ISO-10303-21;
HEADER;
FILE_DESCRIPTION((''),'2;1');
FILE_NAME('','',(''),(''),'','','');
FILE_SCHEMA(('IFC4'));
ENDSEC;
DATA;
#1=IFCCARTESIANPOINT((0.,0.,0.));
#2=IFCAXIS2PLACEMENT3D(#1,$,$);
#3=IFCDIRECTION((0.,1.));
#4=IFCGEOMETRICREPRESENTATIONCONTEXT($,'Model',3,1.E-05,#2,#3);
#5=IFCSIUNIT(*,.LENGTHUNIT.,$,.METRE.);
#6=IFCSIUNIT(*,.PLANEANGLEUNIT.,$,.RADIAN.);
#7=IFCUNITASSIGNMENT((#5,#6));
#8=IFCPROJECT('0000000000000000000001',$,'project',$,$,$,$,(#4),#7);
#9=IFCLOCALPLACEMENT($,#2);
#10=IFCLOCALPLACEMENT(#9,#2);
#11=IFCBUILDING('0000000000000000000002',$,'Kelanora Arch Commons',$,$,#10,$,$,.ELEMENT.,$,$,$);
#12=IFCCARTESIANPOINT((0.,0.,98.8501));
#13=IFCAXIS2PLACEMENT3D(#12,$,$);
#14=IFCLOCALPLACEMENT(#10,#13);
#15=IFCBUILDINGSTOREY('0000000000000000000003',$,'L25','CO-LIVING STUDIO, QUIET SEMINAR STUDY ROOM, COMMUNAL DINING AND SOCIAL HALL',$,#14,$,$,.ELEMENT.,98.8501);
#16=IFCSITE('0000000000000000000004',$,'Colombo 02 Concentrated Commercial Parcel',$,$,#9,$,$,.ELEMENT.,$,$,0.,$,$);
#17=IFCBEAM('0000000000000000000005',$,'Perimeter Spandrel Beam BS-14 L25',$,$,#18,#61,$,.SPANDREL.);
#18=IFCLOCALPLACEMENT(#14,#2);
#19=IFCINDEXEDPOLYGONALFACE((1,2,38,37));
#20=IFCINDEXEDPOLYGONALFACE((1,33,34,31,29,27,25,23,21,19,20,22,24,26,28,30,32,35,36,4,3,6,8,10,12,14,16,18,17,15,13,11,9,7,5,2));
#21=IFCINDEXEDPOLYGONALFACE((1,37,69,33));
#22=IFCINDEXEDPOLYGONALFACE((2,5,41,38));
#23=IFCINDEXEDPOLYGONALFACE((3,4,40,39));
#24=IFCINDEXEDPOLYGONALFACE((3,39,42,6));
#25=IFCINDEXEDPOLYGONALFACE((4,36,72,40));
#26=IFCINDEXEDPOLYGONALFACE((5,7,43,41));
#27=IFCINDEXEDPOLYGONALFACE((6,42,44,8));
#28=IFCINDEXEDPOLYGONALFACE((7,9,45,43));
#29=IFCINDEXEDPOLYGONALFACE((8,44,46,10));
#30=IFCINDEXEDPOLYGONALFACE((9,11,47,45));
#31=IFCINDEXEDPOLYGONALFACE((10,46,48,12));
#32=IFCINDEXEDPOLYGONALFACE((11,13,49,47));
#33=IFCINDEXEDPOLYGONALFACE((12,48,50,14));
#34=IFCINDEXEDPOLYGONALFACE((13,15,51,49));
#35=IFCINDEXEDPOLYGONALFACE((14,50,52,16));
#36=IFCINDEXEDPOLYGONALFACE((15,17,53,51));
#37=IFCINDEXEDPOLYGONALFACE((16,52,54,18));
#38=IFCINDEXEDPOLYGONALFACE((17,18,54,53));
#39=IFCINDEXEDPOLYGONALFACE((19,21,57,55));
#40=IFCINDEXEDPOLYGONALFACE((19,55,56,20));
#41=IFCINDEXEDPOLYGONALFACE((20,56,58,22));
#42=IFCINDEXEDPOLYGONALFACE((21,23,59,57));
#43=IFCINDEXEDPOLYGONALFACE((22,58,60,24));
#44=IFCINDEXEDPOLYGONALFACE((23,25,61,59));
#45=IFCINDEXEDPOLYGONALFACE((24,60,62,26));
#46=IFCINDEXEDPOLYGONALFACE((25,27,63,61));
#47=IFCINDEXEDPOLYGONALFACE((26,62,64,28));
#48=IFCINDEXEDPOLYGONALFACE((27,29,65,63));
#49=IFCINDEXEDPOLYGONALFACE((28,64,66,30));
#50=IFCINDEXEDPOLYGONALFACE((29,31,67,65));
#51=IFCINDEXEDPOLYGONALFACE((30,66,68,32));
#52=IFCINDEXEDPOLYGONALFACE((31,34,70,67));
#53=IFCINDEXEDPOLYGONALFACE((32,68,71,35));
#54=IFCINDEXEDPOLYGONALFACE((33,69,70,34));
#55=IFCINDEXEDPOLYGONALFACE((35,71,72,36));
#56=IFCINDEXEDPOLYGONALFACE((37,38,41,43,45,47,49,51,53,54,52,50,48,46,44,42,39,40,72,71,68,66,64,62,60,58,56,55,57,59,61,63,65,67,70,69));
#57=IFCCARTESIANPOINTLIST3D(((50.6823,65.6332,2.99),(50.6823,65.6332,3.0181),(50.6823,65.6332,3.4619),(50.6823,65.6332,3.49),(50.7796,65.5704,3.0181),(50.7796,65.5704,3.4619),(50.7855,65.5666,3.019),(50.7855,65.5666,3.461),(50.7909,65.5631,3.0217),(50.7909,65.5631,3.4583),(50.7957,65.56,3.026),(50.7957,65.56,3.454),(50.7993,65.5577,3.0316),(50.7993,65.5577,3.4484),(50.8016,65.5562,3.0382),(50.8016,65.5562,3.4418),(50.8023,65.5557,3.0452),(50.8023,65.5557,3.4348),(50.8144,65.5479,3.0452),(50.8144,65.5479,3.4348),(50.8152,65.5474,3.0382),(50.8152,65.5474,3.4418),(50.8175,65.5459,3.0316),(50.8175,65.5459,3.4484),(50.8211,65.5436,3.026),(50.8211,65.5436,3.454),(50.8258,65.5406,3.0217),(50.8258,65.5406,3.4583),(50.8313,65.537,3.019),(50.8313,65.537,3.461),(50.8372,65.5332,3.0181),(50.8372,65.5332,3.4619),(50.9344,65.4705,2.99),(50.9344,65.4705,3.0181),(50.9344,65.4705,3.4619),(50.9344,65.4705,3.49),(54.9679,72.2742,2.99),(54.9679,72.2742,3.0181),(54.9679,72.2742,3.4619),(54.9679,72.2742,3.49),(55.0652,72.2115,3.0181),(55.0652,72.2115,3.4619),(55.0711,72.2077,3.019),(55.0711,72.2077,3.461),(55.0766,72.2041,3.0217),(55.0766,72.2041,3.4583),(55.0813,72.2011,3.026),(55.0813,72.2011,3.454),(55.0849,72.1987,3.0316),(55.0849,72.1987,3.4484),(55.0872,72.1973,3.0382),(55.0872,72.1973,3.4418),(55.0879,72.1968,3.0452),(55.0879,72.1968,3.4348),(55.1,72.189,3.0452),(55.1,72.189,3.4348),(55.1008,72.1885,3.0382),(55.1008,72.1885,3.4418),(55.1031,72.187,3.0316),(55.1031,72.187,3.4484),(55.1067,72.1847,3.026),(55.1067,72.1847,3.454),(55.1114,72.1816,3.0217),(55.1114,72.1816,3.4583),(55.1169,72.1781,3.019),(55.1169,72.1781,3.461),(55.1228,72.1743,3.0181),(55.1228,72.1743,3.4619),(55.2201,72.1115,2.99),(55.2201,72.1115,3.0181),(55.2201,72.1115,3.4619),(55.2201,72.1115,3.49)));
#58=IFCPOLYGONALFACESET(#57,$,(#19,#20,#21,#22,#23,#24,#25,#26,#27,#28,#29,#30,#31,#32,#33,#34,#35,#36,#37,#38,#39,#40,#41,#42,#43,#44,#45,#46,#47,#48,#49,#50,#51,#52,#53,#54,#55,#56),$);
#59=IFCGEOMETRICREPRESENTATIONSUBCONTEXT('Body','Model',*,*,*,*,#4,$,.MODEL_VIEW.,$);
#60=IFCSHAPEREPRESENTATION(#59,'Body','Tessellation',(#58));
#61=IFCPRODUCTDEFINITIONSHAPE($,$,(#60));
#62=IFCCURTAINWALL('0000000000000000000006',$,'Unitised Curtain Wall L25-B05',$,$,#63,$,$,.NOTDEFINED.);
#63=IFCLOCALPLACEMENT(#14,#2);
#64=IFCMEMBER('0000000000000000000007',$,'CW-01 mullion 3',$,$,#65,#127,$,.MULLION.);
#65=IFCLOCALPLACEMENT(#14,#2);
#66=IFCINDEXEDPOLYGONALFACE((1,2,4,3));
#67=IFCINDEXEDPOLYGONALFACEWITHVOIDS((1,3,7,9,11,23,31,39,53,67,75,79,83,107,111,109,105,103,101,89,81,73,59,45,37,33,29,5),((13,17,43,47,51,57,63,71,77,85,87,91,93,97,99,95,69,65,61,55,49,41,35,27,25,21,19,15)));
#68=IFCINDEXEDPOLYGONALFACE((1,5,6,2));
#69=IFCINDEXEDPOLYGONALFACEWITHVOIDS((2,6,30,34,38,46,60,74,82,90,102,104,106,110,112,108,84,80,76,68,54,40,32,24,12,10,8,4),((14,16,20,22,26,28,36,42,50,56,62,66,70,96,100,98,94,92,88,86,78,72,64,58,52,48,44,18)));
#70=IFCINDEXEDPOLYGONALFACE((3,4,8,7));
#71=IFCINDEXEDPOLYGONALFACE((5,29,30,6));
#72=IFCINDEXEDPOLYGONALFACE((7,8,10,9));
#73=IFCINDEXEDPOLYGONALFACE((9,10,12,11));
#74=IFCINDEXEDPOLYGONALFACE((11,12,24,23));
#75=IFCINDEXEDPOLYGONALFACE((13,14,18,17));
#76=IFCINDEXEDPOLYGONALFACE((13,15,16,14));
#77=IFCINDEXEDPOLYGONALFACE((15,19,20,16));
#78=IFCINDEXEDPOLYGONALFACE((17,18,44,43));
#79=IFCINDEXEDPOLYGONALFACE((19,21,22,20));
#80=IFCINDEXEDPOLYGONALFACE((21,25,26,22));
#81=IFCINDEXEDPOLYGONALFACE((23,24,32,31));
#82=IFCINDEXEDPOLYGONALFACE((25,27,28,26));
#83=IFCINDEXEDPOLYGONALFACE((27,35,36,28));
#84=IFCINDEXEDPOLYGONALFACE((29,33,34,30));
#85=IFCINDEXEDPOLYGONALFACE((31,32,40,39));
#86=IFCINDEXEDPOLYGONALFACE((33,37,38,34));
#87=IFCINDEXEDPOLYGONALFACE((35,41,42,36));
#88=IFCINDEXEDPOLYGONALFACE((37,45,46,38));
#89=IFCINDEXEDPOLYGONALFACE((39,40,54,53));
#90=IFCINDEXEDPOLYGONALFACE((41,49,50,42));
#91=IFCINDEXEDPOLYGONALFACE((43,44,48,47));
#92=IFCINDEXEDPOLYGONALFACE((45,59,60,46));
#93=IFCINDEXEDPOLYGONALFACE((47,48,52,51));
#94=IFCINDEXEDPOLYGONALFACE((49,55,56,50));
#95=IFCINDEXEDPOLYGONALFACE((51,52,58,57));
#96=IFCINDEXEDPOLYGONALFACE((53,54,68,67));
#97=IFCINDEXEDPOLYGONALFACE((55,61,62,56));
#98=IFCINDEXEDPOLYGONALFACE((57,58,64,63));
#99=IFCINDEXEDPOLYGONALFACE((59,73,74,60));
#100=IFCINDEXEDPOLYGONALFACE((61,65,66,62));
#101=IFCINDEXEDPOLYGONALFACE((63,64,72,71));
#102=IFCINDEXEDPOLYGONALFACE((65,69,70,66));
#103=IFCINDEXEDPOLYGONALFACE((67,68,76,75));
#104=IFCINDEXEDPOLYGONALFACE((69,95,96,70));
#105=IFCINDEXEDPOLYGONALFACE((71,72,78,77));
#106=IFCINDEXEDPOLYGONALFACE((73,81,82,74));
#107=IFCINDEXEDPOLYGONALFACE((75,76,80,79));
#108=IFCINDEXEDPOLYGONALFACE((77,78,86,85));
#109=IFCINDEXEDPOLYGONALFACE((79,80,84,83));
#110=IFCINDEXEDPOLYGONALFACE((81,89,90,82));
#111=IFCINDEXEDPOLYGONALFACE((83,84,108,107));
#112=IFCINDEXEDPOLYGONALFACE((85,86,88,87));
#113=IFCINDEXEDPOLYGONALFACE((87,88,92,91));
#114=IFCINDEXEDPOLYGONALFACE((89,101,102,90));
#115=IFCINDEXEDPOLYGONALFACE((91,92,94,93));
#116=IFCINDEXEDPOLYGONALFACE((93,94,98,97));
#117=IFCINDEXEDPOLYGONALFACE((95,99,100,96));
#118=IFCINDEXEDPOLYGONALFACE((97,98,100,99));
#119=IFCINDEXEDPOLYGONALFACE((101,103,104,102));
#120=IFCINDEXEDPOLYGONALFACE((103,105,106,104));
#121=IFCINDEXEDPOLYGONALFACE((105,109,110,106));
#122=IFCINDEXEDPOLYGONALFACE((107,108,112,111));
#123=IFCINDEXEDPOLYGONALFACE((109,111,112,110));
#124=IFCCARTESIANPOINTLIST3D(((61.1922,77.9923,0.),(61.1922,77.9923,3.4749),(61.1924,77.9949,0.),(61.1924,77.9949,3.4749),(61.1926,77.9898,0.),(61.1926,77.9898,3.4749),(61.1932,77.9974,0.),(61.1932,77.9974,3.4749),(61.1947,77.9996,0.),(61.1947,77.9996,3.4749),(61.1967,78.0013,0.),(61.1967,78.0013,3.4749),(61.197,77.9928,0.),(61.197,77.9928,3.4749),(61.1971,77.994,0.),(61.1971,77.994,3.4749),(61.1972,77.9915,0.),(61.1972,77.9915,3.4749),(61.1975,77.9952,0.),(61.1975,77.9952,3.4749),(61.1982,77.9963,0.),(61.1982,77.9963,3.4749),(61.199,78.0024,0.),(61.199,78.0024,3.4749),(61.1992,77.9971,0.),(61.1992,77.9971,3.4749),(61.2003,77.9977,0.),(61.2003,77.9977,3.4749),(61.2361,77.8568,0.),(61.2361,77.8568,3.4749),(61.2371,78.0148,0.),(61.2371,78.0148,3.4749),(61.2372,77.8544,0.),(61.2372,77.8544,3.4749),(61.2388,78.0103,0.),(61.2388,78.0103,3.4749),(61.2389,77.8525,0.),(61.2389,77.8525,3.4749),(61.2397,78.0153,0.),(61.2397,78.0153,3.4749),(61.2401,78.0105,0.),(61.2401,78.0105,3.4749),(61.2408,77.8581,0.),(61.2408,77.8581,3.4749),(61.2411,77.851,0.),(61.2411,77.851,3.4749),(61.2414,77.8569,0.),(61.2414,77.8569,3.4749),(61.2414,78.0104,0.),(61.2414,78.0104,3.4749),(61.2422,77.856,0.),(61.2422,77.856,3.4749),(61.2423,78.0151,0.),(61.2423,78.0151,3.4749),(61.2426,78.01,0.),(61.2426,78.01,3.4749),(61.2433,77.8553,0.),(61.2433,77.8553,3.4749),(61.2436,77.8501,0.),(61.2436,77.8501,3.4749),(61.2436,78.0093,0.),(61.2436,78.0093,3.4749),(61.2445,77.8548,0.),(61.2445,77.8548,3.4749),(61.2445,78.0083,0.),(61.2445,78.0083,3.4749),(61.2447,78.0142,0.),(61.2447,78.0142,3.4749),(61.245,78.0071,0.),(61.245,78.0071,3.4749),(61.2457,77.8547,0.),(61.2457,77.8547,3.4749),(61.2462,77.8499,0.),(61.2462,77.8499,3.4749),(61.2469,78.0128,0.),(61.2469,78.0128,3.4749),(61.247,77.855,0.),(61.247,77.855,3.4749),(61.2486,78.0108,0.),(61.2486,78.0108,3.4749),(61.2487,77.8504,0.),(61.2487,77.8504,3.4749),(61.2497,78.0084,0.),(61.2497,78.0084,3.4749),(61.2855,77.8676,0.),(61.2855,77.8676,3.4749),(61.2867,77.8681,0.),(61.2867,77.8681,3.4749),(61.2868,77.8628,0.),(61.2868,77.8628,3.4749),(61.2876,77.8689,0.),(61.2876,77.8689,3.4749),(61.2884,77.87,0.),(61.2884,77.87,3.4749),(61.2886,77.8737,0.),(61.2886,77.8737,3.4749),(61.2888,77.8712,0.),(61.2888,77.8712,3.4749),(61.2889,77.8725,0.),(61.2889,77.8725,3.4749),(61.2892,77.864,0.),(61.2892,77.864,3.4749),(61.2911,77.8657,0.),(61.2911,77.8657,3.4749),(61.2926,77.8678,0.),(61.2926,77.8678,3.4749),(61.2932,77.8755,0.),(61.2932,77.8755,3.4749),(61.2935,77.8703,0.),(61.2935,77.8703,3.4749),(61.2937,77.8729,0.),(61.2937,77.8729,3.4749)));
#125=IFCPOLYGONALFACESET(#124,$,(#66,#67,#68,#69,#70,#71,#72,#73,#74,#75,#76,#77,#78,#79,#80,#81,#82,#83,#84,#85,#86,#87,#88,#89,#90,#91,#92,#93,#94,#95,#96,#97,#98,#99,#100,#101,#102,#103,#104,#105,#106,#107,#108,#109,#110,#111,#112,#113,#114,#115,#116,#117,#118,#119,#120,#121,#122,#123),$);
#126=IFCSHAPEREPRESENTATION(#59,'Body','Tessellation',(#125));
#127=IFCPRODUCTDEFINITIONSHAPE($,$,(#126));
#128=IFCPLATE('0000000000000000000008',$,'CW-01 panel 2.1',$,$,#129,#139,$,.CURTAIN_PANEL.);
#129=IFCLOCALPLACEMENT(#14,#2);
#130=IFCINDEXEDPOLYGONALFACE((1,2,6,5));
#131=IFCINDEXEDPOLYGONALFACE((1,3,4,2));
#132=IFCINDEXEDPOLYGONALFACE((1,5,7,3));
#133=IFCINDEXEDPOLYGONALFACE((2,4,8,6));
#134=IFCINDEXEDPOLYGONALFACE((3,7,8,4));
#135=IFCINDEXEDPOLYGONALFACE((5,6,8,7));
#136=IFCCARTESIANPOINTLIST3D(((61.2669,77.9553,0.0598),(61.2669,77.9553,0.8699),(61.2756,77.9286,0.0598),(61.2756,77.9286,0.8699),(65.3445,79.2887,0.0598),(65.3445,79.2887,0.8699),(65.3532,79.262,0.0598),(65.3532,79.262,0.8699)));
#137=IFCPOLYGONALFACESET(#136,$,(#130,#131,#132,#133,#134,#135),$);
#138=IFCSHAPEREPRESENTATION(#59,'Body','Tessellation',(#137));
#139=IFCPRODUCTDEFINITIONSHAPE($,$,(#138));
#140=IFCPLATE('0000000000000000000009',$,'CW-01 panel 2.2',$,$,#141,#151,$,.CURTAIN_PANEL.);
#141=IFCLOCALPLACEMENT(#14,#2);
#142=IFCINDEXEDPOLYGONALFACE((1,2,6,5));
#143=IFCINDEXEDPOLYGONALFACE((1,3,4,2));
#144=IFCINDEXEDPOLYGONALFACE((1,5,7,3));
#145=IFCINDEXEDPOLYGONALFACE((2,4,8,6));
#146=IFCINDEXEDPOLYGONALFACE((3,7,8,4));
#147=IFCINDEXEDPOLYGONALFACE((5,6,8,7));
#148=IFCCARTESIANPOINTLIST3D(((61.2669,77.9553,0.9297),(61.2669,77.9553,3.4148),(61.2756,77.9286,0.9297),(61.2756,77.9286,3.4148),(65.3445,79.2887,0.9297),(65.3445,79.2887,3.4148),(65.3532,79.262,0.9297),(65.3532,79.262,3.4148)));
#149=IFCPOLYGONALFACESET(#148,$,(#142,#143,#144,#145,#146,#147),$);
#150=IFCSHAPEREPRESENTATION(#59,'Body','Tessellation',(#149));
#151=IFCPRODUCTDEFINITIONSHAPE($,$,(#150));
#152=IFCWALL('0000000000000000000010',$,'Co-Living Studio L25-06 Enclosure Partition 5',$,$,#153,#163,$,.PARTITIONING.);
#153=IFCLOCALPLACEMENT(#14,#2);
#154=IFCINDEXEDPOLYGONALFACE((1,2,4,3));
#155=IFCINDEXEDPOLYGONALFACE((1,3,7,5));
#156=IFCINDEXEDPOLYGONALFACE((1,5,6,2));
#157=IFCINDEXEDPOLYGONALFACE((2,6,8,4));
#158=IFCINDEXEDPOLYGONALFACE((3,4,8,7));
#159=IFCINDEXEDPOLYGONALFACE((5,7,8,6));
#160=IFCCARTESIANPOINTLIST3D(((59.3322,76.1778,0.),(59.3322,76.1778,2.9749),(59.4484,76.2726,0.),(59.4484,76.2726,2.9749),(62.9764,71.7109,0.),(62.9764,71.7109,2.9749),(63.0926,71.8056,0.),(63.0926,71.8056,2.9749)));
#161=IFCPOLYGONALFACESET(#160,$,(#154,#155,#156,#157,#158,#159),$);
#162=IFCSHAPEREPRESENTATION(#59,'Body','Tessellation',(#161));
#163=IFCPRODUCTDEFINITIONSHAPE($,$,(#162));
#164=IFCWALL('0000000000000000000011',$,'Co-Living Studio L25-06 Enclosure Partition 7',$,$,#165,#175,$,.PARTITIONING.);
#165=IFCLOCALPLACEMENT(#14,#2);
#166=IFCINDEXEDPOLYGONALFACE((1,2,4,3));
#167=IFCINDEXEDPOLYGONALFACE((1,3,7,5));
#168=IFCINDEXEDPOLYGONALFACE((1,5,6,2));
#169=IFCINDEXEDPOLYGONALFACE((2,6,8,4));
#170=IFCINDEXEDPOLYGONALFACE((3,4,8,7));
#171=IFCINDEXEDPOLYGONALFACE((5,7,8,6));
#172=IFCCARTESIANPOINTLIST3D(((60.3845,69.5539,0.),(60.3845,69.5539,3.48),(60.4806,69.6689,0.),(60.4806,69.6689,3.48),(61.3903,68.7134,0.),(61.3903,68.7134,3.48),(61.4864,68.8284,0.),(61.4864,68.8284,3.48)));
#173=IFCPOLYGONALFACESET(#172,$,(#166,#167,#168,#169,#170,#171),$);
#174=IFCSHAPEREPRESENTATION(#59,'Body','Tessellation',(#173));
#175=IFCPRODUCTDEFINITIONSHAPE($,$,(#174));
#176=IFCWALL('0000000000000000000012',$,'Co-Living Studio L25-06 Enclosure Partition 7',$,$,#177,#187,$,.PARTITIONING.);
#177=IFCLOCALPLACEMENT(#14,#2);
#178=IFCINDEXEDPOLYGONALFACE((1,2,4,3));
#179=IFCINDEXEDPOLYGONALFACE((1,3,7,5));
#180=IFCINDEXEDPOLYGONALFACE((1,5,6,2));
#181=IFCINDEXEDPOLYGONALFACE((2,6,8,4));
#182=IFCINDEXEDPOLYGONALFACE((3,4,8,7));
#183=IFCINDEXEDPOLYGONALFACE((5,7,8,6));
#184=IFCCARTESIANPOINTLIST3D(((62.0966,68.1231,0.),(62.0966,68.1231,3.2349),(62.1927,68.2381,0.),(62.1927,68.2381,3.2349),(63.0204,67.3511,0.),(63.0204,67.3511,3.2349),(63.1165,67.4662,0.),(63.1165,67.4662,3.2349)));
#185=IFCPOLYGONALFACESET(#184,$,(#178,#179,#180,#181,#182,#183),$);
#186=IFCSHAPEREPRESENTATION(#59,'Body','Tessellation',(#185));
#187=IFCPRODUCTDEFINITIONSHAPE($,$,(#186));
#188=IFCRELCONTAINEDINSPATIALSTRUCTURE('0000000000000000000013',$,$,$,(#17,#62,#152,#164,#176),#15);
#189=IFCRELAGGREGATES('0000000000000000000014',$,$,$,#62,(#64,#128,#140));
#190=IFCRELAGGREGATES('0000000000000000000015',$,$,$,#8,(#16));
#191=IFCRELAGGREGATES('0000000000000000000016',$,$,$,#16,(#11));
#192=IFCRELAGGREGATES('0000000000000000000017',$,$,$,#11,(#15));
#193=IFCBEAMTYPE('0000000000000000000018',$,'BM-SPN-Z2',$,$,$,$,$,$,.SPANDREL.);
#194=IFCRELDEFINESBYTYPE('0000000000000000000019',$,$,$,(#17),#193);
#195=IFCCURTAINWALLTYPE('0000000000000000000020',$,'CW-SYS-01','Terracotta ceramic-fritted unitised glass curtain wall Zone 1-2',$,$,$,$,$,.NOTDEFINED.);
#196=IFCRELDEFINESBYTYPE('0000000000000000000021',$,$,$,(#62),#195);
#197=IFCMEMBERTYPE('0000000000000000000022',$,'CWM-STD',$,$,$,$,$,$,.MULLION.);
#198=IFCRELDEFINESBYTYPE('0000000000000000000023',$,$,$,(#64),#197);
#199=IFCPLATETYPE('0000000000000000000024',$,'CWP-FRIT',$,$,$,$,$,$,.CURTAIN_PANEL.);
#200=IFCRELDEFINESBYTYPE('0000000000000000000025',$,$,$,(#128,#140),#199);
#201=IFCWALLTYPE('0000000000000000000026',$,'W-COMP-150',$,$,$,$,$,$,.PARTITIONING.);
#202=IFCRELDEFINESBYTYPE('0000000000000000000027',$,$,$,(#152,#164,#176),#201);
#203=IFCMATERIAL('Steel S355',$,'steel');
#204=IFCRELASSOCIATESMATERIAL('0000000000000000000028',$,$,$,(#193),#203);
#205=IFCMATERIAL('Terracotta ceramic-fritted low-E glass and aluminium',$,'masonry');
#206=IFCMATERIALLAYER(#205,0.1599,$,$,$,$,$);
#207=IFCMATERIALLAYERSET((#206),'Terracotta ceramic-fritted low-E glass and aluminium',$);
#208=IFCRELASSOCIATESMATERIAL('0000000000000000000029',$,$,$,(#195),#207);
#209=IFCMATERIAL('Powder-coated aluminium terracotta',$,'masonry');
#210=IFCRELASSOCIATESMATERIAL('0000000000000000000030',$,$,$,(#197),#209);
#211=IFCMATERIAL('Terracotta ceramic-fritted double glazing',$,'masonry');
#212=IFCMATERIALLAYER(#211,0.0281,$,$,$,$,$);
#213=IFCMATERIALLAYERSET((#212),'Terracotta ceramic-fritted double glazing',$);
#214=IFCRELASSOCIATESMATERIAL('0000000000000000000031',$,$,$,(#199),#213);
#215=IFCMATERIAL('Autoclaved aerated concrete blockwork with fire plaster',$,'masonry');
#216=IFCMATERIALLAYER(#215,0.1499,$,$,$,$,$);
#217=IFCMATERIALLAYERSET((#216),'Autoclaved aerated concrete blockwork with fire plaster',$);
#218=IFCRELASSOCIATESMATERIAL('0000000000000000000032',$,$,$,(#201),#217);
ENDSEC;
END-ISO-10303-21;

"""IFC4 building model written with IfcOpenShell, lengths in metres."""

from ifc_helpers import new_model, si_unit, direction, frame, frame_2d, origin, origin_2d, place, context, subcontext, project, spatial, rectangle, hollow_rectangle, i_section, extrude, source, transform, mapped, material, layer, layer_set, material_profile, profile_set, type_object, element, aggregate, save


model = new_model("IFC4")

# Units and contexts
model_context = context("Model", 3, precision=1e-05, world=origin(), true_north=direction((0.0, 1.0)))
body_context = subcontext(model_context, "Body", "Model", "MODEL_VIEW")
ifc_project = project(units=[si_unit("LENGTHUNIT", "METRE"), si_unit("PLANEANGLEUNIT", "RADIAN")], contexts=[model_context])

# Site, building, storey
site_placement = place(None, origin())
site = spatial("IfcSite", under=ifc_project, at=site_placement, Name="Colombo 02 Concentrated Commercial Parcel", CompositionType="ELEMENT", RefElevation=0.0)
building_placement = place(site_placement, origin())
building = spatial("IfcBuilding", under=site, at=building_placement, Name="Kelanora Arch Commons", CompositionType="ELEMENT")
storey_placement = place(building_placement, frame((0.0, 0.0, 98.8501)))
storey = spatial("IfcBuildingStorey", under=building, at=storey_placement, Name="L25", Description="CO-LIVING STUDIO, QUIET SEMINAR STUDY ROOM, COMMUNAL DINING AND SOCIAL HALL", CompositionType="ELEMENT", Elevation=98.8501)

# Beam
ifc_material_1 = material(Name="Steel S355", Category="steel")
ifc_material_profile_1 = material_profile(ifc_material_1, i_section(OverallWidth=0.3, OverallDepth=0.5, WebThickness=0.0144, FlangeThickness=0.0281, FilletRadius=0.0271, at=origin_2d()), Name="HEB500")
ifc_profile_set_1 = profile_set([ifc_material_profile_1], Name="Steel S355")
beam_type_1 = type_object("IfcBeamType", Name="BM-SPN-Z2", PredefinedType="SPANDREL", material=ifc_profile_set_1)
beam_1_placement = place(storey_placement, frame((55.094, 72.1929, 3.24), z_axis=(-0.542221, -0.840236, 0.0), x_axis=(0.840236, -0.542221, 0.0)))
element("IfcBeam", 1, at=beam_1_placement, inside=storey, type_object=beam_type_1, Name="Perimeter Spandrel Beam BS-14 L25", PredefinedType="SPANDREL", context=body_context, shape_type="SweptSolid", body=[
    extrude(i_section(OverallWidth=0.3, OverallDepth=0.5, WebThickness=0.0144, FlangeThickness=0.0281, FilletRadius=0.0271, at=origin_2d()), origin(), (0.0, 0.0, 1.0), 7.9038),
])

# Curtain wall, member, plates
ifc_material_2 = material(Name="Terracotta ceramic-fritted low-E glass and aluminium", Category="masonry")
ifc_layer_1 = layer(ifc_material_2, 0.1599)
ifc_layer_set_1 = layer_set([ifc_layer_1], Name="Terracotta ceramic-fritted low-E glass and aluminium")
curtain_wall_type = type_object("IfcCurtainWallType", Name="CW-SYS-01", Description="Terracotta ceramic-fritted unitised glass curtain wall Zone 1-2", PredefinedType="NOTDEFINED", material=ifc_layer_set_1)
curtain_wall_placement = place(storey_placement, origin())
curtain_wall = element("IfcCurtainWall", 2, at=curtain_wall_placement, inside=storey, type_object=curtain_wall_type, Name="Unitised Curtain Wall L25-B05", PredefinedType="NOTDEFINED")
ifc_material_3 = material(Name="Powder-coated aluminium terracotta", Category="masonry")
ifc_material_profile_2 = material_profile(ifc_material_3, hollow_rectangle(XDim=0.1599, YDim=0.0601, WallThickness=0.0049, InnerFilletRadius=0.0049, OuterFilletRadius=0.01, at=origin_2d()), Name="CWM160x60")
ifc_profile_set_2 = profile_set([ifc_material_profile_2], Name="Powder-coated aluminium terracotta")
member_type = type_object("IfcMemberType", Name="CWM-STD", PredefinedType="MULLION", material=ifc_profile_set_2)
member_placement = place(storey_placement, frame((61.2429, 77.9326, 0.0), z_axis=(0.0, 0.0, 1.0), x_axis=(0.310805, -0.950474, 0.0)))
member = element("IfcMember", 3, at=member_placement, type_object=member_type, Name="CW-01 mullion 3", PredefinedType="MULLION", context=body_context, shape_type="SweptSolid", body=[
    extrude(hollow_rectangle(XDim=0.1599, YDim=0.0601, WallThickness=0.0049, InnerFilletRadius=0.0049, OuterFilletRadius=0.01, at=origin_2d()), origin(), (0.0, 0.0, 1.0), 3.4749),
])
ifc_material_4 = material(Name="Terracotta ceramic-fritted double glazing", Category="masonry")
ifc_layer_2 = layer(ifc_material_4, 0.0281)
ifc_layer_set_2 = layer_set([ifc_layer_2], Name="Terracotta ceramic-fritted double glazing")
plate_type = type_object("IfcPlateType", Name="CWP-FRIT", PredefinedType="CURTAIN_PANEL", material=ifc_layer_set_2)
shared_shape_1 = source(origin(), body_context, "Body", "SweptSolid", [
    extrude(rectangle(XDim=4.29, YDim=0.0281, at=origin_2d()), origin(), (0.0, 0.0, 1.0), 0.8101),
])
plate_1_placement = place(storey_placement, frame((63.3101, 78.6086, 0.0598), z_axis=(0.0, 0.0, 1.0), x_axis=(-0.950474, -0.310805, 0.0)))
plate_1 = element("IfcPlate", 4, at=plate_1_placement, type_object=plate_type, Name="CW-01 panel 2.1", PredefinedType="CURTAIN_PANEL", context=body_context, shape_type="MappedRepresentation", body=[
    mapped(shared_shape_1, transform((0.0, 0.0, 0.0), scale=1.0)),
])
shared_shape_2 = source(origin(), body_context, "Body", "SweptSolid", [
    extrude(rectangle(XDim=4.29, YDim=0.0281, at=origin_2d()), origin(), (0.0, 0.0, 1.0), 2.4851),
])
plate_2_placement = place(storey_placement, frame((63.3101, 78.6086, 0.9297), z_axis=(0.0, 0.0, 1.0), x_axis=(-0.950474, -0.310805, 0.0)))
plate_2 = element("IfcPlate", 5, at=plate_2_placement, type_object=plate_type, Name="CW-01 panel 2.2", PredefinedType="CURTAIN_PANEL", context=body_context, shape_type="MappedRepresentation", body=[
    mapped(shared_shape_2, transform((0.0, 0.0, 0.0), scale=1.0)),
])
aggregate(curtain_wall, [member, plate_1, plate_2])

# Walls
ifc_material_5 = material(Name="Autoclaved aerated concrete blockwork with fire plaster", Category="masonry")
ifc_layer_3 = layer(ifc_material_5, 0.1499)
ifc_layer_set_3 = layer_set([ifc_layer_3], Name="Autoclaved aerated concrete blockwork with fire plaster")
wall_type_1 = type_object("IfcWallType", Name="W-COMP-150", PredefinedType="PARTITIONING", material=ifc_layer_set_3)
wall_1_placement = place(storey_placement, frame((59.3904, 76.2251, 0.0), z_axis=(0.0, 0.0, 1.0), x_axis=(0.632139, -0.774855, 0.0)))
element("IfcWall", 6, at=wall_1_placement, inside=storey, type_object=wall_type_1, Name="Co-Living Studio L25-06 Enclosure Partition 5", PredefinedType="PARTITIONING", context=body_context, shape_type="SweptSolid", body=[
    extrude(rectangle(XDim=5.7649, YDim=0.1499, at=frame_2d((2.8823, 0.0))), origin(), (0.0, 0.0, 1.0), 2.9749),
])
wall_2_placement = place(storey_placement, frame((60.4326, 69.6113, 0.0), z_axis=(0.0, 0.0, 1.0), x_axis=(0.767335, -0.641246, 0.0)))
element("IfcWall", 7, at=wall_2_placement, inside=storey, type_object=wall_type_1, Name="Co-Living Studio L25-06 Enclosure Partition 7", PredefinedType="PARTITIONING", context=body_context, shape_type="SweptSolid", body=[
    extrude(rectangle(XDim=1.3108, YDim=0.1499, at=frame_2d((0.6553, 0.0))), origin(), (0.0, 0.0, 1.0), 3.48),
])
wall_3_placement = place(storey_placement, frame((62.1445, 68.1807, 0.0), z_axis=(0.0, 0.0, 1.0), x_axis=(0.767356, -0.641221, 0.0)))
element("IfcWall", 8, at=wall_3_placement, inside=storey, type_object=wall_type_1, Name="Co-Living Studio L25-06 Enclosure Partition 7", PredefinedType="PARTITIONING", context=body_context, shape_type="SweptSolid", body=[
    extrude(rectangle(XDim=1.2039, YDim=0.1499, at=frame_2d((0.6021, 0.0))), origin(), (0.0, 0.0, 1.0), 3.2349),
])

save(model, "model.ifc")
